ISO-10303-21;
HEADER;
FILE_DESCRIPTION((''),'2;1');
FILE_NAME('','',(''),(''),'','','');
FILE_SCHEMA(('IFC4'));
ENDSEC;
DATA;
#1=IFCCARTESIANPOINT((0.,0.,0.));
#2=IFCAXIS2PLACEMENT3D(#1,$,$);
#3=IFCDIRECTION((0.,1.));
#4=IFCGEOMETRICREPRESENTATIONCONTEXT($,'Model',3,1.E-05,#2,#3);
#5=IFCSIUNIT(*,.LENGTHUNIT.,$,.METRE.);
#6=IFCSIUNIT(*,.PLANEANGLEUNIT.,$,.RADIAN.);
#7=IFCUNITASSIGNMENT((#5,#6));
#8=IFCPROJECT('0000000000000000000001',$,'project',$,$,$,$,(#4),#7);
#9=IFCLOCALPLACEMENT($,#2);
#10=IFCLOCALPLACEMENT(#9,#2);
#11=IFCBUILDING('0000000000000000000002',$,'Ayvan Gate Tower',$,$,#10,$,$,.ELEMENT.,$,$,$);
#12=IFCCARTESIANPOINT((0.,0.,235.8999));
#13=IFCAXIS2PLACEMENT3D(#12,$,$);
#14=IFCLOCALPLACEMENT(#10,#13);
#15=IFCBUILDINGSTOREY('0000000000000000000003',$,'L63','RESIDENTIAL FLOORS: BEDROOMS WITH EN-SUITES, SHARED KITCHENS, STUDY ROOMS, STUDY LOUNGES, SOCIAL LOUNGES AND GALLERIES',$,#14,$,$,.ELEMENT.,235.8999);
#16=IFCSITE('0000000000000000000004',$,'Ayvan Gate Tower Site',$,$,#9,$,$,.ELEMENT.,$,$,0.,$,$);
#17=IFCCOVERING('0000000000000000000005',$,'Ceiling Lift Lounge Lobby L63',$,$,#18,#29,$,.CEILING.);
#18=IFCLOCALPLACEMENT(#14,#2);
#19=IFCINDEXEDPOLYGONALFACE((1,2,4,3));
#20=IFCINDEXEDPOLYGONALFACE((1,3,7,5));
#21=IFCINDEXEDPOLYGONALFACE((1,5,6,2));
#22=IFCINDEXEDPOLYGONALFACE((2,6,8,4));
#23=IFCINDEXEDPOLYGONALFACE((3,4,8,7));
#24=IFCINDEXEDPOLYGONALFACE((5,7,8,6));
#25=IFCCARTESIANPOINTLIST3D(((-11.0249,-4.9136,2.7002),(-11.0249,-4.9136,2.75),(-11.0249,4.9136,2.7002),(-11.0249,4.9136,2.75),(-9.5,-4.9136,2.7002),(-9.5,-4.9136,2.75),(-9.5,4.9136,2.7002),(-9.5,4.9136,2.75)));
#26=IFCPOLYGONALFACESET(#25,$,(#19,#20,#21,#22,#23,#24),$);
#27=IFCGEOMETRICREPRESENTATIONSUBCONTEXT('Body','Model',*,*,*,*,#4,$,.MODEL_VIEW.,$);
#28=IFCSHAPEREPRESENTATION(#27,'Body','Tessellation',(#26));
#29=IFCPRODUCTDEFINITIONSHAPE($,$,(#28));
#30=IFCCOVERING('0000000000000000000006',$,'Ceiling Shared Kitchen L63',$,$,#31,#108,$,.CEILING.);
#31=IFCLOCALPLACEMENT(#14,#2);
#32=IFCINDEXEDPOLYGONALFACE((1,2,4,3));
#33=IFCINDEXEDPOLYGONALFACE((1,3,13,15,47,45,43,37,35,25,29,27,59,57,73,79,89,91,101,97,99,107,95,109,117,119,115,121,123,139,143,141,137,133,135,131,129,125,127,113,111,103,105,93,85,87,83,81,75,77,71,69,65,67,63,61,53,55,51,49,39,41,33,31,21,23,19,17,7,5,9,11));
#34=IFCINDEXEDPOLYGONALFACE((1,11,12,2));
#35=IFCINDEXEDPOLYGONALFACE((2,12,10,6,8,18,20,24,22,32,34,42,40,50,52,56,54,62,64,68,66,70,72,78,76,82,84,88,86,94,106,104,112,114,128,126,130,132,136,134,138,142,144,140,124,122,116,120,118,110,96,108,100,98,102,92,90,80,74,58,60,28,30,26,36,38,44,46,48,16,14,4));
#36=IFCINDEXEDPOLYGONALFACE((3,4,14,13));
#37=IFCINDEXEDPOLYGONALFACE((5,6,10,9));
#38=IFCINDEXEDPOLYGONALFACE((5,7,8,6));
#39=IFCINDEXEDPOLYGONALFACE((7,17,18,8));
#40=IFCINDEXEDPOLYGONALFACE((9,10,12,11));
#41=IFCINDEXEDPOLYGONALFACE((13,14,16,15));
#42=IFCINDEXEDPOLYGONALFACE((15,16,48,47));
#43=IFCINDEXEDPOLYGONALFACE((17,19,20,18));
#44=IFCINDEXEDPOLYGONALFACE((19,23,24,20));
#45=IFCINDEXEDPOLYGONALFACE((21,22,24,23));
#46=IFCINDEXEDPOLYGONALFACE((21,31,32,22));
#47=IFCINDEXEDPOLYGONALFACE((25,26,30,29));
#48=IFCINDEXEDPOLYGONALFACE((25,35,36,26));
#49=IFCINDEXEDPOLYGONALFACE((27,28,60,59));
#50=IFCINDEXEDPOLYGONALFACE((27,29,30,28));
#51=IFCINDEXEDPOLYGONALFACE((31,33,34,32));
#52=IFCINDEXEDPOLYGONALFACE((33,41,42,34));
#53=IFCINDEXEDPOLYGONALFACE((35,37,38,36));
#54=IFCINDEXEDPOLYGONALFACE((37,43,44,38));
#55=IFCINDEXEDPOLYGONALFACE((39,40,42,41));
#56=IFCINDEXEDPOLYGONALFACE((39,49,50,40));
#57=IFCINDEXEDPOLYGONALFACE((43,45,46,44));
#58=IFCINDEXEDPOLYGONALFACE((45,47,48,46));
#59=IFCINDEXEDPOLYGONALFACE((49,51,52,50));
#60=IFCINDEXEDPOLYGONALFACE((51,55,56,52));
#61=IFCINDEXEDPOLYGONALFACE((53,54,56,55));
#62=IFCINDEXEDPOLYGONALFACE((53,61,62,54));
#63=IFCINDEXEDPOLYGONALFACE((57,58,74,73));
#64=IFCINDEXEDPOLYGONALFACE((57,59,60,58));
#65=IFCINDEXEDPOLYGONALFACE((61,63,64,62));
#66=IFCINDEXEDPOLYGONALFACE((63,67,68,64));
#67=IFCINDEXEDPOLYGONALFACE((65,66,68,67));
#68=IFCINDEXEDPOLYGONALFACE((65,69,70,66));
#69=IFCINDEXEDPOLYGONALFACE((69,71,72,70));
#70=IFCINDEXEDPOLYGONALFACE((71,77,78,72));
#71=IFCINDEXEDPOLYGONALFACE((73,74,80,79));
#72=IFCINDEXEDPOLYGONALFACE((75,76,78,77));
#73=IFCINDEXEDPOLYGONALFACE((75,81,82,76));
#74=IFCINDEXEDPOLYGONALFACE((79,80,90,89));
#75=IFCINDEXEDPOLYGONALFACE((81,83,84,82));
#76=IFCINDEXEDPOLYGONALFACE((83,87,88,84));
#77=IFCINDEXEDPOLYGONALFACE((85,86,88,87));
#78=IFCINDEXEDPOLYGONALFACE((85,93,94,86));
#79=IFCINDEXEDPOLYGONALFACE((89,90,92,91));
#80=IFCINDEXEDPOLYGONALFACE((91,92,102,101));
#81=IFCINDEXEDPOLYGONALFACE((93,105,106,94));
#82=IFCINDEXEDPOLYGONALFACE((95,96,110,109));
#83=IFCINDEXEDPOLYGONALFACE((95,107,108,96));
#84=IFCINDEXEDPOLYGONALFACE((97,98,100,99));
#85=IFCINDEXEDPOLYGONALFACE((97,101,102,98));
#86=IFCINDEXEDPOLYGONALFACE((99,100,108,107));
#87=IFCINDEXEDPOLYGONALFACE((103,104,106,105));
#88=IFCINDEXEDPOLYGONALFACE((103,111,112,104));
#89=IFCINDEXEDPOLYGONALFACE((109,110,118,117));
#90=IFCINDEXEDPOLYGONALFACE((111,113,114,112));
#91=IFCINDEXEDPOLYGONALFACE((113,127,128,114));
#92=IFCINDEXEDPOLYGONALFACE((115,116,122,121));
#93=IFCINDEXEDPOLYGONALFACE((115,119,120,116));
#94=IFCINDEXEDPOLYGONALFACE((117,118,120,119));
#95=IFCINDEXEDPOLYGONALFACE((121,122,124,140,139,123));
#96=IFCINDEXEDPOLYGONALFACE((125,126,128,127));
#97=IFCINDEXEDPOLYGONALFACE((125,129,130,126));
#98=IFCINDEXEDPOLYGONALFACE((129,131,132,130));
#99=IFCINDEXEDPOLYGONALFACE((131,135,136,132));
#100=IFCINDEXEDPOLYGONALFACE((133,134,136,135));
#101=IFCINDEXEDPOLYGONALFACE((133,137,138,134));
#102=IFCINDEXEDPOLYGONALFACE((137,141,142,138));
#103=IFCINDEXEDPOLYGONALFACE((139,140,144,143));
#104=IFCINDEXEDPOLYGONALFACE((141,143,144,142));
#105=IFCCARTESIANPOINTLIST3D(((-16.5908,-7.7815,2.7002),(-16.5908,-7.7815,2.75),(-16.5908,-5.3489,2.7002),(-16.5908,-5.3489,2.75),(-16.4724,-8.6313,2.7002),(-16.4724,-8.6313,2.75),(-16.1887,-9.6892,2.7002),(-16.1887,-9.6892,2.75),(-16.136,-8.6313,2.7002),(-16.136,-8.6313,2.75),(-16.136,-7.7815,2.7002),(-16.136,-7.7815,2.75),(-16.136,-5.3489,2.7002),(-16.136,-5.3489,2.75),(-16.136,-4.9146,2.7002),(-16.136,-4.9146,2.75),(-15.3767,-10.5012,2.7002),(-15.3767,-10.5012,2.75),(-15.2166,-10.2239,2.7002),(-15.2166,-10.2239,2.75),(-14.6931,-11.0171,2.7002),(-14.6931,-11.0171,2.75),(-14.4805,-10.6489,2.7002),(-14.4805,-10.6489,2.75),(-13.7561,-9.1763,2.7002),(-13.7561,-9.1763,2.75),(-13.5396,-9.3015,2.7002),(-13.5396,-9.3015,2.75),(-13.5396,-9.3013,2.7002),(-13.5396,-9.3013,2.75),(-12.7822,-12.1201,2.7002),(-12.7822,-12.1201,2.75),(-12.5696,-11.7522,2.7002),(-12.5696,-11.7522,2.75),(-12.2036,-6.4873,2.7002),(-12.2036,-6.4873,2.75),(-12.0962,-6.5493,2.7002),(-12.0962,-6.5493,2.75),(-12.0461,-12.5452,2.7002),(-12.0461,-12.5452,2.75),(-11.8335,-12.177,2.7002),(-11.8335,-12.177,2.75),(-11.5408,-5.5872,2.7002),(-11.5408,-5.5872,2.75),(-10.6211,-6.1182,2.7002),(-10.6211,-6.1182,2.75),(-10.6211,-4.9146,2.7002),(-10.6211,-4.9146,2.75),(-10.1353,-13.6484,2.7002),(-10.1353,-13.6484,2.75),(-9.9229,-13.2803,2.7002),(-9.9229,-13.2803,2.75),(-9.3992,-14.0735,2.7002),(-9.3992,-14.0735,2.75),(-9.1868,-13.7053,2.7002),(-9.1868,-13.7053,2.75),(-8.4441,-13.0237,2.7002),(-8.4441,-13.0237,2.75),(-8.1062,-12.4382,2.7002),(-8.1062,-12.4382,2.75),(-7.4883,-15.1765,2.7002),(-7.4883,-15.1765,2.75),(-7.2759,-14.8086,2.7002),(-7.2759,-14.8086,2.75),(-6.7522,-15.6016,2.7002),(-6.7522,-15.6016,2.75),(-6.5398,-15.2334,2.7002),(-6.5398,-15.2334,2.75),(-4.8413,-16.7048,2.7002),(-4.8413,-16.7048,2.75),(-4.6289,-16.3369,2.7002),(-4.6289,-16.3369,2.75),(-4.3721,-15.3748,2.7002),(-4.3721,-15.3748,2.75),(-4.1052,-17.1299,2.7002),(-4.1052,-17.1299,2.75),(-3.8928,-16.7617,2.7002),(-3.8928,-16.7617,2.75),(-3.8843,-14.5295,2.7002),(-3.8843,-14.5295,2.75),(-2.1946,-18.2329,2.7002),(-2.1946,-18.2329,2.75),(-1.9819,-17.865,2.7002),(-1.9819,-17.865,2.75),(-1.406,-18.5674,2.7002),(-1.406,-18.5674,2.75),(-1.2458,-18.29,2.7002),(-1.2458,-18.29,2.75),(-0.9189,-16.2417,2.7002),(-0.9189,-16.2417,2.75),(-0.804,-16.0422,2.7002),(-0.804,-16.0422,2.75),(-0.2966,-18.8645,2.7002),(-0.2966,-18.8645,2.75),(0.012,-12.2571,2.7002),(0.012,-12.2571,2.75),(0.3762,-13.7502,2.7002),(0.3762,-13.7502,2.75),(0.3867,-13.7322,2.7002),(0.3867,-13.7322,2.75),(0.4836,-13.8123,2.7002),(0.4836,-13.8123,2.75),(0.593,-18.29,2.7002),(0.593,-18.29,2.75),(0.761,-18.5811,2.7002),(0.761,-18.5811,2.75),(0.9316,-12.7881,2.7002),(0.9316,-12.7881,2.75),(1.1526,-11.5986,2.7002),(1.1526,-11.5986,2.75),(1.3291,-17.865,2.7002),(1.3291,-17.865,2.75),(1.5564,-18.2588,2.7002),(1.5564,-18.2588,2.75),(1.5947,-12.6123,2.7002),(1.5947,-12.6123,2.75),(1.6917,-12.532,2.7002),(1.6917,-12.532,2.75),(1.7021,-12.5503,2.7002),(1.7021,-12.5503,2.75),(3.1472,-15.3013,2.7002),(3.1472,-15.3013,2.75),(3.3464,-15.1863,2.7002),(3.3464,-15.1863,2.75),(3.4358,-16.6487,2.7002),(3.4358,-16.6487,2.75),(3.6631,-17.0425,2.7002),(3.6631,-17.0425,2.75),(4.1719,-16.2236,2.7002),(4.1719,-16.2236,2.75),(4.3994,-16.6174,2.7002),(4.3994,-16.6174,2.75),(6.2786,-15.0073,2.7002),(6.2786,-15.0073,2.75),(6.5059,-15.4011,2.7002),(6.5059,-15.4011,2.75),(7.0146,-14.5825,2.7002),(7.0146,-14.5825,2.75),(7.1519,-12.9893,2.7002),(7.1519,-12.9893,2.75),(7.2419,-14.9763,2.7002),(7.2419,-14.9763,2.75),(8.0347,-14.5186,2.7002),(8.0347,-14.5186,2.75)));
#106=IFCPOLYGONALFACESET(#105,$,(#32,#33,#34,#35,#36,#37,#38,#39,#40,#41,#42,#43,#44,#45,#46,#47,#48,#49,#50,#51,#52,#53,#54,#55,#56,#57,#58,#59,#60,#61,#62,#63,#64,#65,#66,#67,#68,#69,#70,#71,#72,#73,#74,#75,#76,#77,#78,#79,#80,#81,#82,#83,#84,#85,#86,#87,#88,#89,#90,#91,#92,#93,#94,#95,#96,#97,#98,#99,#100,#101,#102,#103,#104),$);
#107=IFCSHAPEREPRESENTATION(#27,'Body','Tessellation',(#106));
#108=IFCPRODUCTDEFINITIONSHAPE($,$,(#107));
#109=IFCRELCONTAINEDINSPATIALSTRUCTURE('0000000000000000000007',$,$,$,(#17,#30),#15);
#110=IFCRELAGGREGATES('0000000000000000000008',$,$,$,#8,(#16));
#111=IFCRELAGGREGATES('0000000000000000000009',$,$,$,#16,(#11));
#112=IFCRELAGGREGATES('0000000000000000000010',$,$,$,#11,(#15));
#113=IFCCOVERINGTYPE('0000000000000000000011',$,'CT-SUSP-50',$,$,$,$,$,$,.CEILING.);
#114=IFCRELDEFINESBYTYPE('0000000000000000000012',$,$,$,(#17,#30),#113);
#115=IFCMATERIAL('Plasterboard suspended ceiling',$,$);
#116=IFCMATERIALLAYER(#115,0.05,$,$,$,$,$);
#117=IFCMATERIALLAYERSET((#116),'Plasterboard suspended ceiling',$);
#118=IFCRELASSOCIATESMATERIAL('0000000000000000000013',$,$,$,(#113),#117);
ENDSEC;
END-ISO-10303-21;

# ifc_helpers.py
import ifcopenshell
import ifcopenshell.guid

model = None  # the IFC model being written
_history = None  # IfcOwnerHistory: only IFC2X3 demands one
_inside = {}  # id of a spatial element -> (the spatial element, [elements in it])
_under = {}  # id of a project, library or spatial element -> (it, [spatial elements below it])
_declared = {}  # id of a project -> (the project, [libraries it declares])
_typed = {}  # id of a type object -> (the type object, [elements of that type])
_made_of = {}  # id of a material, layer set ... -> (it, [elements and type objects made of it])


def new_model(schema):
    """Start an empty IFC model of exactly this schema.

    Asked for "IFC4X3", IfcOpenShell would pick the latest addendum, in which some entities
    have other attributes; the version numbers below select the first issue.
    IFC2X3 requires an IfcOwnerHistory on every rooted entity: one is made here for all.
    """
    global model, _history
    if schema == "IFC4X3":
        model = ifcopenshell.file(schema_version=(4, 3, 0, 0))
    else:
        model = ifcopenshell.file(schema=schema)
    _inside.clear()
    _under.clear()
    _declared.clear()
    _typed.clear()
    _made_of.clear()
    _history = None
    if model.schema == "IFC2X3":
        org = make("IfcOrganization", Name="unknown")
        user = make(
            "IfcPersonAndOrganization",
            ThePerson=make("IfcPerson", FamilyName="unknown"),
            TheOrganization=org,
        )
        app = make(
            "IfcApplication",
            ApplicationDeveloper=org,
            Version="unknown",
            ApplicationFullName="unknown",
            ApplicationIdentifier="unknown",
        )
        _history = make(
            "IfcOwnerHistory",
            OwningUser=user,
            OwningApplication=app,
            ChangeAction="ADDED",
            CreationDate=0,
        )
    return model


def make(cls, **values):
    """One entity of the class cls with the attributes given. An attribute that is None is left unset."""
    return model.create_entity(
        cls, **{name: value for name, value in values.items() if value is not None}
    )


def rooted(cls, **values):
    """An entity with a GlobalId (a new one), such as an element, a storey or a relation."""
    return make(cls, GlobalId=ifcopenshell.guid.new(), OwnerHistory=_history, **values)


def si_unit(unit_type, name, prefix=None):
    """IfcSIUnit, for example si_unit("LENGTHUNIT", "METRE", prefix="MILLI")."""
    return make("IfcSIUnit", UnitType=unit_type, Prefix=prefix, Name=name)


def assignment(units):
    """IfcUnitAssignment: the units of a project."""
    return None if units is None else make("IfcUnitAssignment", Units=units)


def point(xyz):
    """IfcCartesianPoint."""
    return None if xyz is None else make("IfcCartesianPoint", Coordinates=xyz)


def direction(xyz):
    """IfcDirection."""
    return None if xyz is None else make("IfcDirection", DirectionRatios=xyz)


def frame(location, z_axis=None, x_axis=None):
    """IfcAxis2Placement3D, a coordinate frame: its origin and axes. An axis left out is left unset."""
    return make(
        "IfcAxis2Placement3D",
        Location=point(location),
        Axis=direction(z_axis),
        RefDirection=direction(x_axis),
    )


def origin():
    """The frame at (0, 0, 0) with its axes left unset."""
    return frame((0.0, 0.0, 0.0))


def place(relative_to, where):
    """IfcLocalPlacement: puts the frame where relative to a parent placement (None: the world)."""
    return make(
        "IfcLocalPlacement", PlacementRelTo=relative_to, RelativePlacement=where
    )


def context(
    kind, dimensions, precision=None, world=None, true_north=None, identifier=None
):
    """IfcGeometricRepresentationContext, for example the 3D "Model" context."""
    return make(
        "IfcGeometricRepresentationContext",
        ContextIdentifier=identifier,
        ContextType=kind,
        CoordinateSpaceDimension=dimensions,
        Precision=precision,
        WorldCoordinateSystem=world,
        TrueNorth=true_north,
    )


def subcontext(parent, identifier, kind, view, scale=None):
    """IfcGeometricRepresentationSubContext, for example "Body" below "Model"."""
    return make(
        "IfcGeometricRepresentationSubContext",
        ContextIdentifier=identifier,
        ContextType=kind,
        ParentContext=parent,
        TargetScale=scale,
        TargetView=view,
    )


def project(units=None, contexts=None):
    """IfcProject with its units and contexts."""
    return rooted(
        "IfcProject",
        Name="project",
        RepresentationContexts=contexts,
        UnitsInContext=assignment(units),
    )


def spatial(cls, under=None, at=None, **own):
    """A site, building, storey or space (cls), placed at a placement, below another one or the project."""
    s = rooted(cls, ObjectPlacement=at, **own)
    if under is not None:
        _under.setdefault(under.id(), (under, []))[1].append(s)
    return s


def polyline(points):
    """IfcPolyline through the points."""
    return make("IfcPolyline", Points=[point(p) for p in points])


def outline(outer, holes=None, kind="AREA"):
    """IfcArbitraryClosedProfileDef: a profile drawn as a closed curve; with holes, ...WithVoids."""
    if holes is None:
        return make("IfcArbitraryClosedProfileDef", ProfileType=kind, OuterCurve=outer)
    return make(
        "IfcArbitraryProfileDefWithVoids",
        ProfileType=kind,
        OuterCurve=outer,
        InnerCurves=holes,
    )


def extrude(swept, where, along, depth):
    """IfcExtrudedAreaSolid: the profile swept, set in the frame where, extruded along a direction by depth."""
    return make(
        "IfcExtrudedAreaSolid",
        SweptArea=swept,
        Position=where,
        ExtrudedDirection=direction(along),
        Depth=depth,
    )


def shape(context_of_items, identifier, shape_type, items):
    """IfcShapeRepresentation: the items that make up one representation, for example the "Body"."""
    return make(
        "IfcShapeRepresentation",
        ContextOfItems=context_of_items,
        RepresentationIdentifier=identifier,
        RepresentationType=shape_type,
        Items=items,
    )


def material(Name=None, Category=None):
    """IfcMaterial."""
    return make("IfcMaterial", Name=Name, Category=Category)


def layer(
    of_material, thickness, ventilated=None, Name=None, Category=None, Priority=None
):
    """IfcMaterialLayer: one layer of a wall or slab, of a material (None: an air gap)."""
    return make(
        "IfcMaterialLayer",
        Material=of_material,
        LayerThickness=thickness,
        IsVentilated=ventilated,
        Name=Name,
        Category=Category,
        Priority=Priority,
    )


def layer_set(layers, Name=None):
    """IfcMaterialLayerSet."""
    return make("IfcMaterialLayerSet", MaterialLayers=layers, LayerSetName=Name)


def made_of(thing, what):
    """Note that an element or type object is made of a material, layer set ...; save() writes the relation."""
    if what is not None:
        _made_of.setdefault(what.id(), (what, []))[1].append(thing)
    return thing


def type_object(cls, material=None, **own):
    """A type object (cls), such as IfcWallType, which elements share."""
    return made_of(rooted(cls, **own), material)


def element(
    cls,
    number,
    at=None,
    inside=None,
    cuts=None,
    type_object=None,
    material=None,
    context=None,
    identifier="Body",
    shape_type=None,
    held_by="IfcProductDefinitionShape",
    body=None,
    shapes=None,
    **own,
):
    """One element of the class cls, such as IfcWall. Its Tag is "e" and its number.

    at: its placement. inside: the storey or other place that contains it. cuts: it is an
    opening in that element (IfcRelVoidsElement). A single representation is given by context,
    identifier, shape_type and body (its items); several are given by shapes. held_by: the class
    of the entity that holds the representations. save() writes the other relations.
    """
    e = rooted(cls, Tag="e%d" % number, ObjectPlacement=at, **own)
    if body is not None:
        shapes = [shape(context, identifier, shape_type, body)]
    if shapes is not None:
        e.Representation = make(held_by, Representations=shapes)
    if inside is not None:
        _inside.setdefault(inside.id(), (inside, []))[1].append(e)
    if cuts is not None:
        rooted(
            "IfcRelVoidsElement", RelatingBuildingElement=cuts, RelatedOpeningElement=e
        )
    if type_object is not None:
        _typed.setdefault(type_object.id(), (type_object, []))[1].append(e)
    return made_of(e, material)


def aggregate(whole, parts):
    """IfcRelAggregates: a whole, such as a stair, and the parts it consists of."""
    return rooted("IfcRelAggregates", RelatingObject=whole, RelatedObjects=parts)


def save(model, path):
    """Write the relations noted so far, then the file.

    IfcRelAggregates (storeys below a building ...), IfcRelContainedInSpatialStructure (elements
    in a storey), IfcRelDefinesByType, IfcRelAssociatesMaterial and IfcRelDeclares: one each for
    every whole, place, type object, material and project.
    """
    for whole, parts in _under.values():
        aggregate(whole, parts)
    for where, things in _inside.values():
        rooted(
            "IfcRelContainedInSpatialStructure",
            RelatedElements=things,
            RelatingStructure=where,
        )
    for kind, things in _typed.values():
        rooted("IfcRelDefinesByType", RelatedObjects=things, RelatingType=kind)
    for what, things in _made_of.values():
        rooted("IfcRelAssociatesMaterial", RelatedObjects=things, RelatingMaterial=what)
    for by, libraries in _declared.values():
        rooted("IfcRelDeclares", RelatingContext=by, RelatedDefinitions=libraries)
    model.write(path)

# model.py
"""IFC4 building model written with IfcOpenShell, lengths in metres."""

from ifc_helpers import new_model, si_unit, direction, frame, origin, place, context, subcontext, project, spatial, polyline, outline, extrude, material, layer, layer_set, type_object, element, save


model = new_model("IFC4")

# Units and contexts
model_context = context("Model", 3, precision=1e-05, world=origin(), true_north=direction((0.0, 1.0)))
body_context = subcontext(model_context, "Body", "Model", "MODEL_VIEW")
ifc_project = project(units=[si_unit("LENGTHUNIT", "METRE"), si_unit("PLANEANGLEUNIT", "RADIAN")], contexts=[model_context])

# Site, building, storey
site_placement = place(None, origin())
site = spatial("IfcSite", under=ifc_project, at=site_placement, Name="Ayvan Gate Tower Site", CompositionType="ELEMENT", RefElevation=0.0)
building_placement = place(site_placement, origin())
building = spatial("IfcBuilding", under=site, at=building_placement, Name="Ayvan Gate Tower", CompositionType="ELEMENT")
storey_placement = place(building_placement, frame((0.0, 0.0, 235.8999)))
storey = spatial("IfcBuildingStorey", under=building, at=storey_placement, Name="L63", Description="RESIDENTIAL FLOORS: BEDROOMS WITH EN-SUITES, SHARED KITCHENS, STUDY ROOMS, STUDY LOUNGES, SOCIAL LOUNGES AND GALLERIES", CompositionType="ELEMENT", Elevation=235.8999)

# Coverings
ifc_material_1 = material(Name="Plasterboard suspended ceiling")
ifc_layer_1 = layer(ifc_material_1, 0.05)
ifc_layer_set_1 = layer_set([ifc_layer_1], Name="Plasterboard suspended ceiling")
covering_type = type_object("IfcCoveringType", Name="CT-SUSP-50", PredefinedType="CEILING", material=ifc_layer_set_1)
covering_1_placement = place(storey_placement, frame((0.0, 0.0, 2.7002)))
element("IfcCovering", 1, at=covering_1_placement, inside=storey, type_object=covering_type, Name="Ceiling Lift Lounge Lobby L63", PredefinedType="CEILING", context=body_context, shape_type="SweptSolid", body=[
    extrude(outline(polyline([(-11.0249, 4.9136), (-9.5, 4.9136), (-9.5, -4.9136), (-11.0249, -4.9136), (-11.0249, 4.9136)])), origin(), (0.0, 0.0, 1.0), 0.0498),
])
covering_2_placement = place(storey_placement, frame((0.0, 0.0, 2.7002)))
element("IfcCovering", 2, at=covering_2_placement, inside=storey, type_object=covering_type, Name="Ceiling Shared Kitchen L63", PredefinedType="CEILING", context=body_context, shape_type="SweptSolid", body=[
    extrude(outline(polyline([(-13.5396, -9.3015), (-8.1062, -12.4382), (-8.4441, -13.0237), (-4.3721, -15.3748), (-3.8843, -14.5295), (-0.9189, -16.2417), (-0.804, -16.0422), (0.4836, -13.8123), (0.3762, -13.7502), (0.3867, -13.7322), (0.9316, -12.7881), (0.012, -12.2571), (1.1526, -11.5986), (1.6917, -12.532), (1.7021, -12.5503), (1.5947, -12.6123), (3.1472, -15.3013), (3.3464, -15.1863), (7.1519, -12.9893), (8.0347, -14.5186), (7.2419, -14.9763), (7.0146, -14.5825), (6.2786, -15.0073), (6.5059, -15.4011), (4.3994, -16.6174), (4.1719, -16.2236), (3.4358, -16.6487), (3.6631, -17.0425), (1.5564, -18.2588), (1.3291, -17.865), (0.593, -18.29), (0.761, -18.5811), (-0.2966, -18.8645), (-1.406, -18.5674), (-1.2458, -18.29), (-1.9819, -17.865), (-2.1946, -18.2329), (-4.1052, -17.1299), (-3.8928, -16.7617), (-4.6289, -16.3369), (-4.8413, -16.7048), (-6.7522, -15.6016), (-6.5398, -15.2334), (-7.2759, -14.8086), (-7.4883, -15.1765), (-9.3992, -14.0735), (-9.1868, -13.7053), (-9.9229, -13.2803), (-10.1353, -13.6484), (-12.0461, -12.5452), (-11.8335, -12.177), (-12.5696, -11.7522), (-12.7822, -12.1201), (-14.6931, -11.0171), (-14.4805, -10.6489), (-15.2166, -10.2239), (-15.3767, -10.5012), (-16.1887, -9.6892), (-16.4724, -8.6313), (-16.136, -8.6313), (-16.136, -7.7815), (-16.5908, -7.7815), (-16.5908, -5.3489), (-16.136, -5.3489), (-16.136, -4.9146), (-10.6211, -4.9146), (-10.6211, -6.1182), (-11.5408, -5.5872), (-12.0962, -6.5493), (-12.2036, -6.4873), (-13.7561, -9.1763), (-13.5396, -9.3013), (-13.5396, -9.3015)])), origin(), (0.0, 0.0, 1.0), 0.0498),
])

save(model, "model.ifc")
